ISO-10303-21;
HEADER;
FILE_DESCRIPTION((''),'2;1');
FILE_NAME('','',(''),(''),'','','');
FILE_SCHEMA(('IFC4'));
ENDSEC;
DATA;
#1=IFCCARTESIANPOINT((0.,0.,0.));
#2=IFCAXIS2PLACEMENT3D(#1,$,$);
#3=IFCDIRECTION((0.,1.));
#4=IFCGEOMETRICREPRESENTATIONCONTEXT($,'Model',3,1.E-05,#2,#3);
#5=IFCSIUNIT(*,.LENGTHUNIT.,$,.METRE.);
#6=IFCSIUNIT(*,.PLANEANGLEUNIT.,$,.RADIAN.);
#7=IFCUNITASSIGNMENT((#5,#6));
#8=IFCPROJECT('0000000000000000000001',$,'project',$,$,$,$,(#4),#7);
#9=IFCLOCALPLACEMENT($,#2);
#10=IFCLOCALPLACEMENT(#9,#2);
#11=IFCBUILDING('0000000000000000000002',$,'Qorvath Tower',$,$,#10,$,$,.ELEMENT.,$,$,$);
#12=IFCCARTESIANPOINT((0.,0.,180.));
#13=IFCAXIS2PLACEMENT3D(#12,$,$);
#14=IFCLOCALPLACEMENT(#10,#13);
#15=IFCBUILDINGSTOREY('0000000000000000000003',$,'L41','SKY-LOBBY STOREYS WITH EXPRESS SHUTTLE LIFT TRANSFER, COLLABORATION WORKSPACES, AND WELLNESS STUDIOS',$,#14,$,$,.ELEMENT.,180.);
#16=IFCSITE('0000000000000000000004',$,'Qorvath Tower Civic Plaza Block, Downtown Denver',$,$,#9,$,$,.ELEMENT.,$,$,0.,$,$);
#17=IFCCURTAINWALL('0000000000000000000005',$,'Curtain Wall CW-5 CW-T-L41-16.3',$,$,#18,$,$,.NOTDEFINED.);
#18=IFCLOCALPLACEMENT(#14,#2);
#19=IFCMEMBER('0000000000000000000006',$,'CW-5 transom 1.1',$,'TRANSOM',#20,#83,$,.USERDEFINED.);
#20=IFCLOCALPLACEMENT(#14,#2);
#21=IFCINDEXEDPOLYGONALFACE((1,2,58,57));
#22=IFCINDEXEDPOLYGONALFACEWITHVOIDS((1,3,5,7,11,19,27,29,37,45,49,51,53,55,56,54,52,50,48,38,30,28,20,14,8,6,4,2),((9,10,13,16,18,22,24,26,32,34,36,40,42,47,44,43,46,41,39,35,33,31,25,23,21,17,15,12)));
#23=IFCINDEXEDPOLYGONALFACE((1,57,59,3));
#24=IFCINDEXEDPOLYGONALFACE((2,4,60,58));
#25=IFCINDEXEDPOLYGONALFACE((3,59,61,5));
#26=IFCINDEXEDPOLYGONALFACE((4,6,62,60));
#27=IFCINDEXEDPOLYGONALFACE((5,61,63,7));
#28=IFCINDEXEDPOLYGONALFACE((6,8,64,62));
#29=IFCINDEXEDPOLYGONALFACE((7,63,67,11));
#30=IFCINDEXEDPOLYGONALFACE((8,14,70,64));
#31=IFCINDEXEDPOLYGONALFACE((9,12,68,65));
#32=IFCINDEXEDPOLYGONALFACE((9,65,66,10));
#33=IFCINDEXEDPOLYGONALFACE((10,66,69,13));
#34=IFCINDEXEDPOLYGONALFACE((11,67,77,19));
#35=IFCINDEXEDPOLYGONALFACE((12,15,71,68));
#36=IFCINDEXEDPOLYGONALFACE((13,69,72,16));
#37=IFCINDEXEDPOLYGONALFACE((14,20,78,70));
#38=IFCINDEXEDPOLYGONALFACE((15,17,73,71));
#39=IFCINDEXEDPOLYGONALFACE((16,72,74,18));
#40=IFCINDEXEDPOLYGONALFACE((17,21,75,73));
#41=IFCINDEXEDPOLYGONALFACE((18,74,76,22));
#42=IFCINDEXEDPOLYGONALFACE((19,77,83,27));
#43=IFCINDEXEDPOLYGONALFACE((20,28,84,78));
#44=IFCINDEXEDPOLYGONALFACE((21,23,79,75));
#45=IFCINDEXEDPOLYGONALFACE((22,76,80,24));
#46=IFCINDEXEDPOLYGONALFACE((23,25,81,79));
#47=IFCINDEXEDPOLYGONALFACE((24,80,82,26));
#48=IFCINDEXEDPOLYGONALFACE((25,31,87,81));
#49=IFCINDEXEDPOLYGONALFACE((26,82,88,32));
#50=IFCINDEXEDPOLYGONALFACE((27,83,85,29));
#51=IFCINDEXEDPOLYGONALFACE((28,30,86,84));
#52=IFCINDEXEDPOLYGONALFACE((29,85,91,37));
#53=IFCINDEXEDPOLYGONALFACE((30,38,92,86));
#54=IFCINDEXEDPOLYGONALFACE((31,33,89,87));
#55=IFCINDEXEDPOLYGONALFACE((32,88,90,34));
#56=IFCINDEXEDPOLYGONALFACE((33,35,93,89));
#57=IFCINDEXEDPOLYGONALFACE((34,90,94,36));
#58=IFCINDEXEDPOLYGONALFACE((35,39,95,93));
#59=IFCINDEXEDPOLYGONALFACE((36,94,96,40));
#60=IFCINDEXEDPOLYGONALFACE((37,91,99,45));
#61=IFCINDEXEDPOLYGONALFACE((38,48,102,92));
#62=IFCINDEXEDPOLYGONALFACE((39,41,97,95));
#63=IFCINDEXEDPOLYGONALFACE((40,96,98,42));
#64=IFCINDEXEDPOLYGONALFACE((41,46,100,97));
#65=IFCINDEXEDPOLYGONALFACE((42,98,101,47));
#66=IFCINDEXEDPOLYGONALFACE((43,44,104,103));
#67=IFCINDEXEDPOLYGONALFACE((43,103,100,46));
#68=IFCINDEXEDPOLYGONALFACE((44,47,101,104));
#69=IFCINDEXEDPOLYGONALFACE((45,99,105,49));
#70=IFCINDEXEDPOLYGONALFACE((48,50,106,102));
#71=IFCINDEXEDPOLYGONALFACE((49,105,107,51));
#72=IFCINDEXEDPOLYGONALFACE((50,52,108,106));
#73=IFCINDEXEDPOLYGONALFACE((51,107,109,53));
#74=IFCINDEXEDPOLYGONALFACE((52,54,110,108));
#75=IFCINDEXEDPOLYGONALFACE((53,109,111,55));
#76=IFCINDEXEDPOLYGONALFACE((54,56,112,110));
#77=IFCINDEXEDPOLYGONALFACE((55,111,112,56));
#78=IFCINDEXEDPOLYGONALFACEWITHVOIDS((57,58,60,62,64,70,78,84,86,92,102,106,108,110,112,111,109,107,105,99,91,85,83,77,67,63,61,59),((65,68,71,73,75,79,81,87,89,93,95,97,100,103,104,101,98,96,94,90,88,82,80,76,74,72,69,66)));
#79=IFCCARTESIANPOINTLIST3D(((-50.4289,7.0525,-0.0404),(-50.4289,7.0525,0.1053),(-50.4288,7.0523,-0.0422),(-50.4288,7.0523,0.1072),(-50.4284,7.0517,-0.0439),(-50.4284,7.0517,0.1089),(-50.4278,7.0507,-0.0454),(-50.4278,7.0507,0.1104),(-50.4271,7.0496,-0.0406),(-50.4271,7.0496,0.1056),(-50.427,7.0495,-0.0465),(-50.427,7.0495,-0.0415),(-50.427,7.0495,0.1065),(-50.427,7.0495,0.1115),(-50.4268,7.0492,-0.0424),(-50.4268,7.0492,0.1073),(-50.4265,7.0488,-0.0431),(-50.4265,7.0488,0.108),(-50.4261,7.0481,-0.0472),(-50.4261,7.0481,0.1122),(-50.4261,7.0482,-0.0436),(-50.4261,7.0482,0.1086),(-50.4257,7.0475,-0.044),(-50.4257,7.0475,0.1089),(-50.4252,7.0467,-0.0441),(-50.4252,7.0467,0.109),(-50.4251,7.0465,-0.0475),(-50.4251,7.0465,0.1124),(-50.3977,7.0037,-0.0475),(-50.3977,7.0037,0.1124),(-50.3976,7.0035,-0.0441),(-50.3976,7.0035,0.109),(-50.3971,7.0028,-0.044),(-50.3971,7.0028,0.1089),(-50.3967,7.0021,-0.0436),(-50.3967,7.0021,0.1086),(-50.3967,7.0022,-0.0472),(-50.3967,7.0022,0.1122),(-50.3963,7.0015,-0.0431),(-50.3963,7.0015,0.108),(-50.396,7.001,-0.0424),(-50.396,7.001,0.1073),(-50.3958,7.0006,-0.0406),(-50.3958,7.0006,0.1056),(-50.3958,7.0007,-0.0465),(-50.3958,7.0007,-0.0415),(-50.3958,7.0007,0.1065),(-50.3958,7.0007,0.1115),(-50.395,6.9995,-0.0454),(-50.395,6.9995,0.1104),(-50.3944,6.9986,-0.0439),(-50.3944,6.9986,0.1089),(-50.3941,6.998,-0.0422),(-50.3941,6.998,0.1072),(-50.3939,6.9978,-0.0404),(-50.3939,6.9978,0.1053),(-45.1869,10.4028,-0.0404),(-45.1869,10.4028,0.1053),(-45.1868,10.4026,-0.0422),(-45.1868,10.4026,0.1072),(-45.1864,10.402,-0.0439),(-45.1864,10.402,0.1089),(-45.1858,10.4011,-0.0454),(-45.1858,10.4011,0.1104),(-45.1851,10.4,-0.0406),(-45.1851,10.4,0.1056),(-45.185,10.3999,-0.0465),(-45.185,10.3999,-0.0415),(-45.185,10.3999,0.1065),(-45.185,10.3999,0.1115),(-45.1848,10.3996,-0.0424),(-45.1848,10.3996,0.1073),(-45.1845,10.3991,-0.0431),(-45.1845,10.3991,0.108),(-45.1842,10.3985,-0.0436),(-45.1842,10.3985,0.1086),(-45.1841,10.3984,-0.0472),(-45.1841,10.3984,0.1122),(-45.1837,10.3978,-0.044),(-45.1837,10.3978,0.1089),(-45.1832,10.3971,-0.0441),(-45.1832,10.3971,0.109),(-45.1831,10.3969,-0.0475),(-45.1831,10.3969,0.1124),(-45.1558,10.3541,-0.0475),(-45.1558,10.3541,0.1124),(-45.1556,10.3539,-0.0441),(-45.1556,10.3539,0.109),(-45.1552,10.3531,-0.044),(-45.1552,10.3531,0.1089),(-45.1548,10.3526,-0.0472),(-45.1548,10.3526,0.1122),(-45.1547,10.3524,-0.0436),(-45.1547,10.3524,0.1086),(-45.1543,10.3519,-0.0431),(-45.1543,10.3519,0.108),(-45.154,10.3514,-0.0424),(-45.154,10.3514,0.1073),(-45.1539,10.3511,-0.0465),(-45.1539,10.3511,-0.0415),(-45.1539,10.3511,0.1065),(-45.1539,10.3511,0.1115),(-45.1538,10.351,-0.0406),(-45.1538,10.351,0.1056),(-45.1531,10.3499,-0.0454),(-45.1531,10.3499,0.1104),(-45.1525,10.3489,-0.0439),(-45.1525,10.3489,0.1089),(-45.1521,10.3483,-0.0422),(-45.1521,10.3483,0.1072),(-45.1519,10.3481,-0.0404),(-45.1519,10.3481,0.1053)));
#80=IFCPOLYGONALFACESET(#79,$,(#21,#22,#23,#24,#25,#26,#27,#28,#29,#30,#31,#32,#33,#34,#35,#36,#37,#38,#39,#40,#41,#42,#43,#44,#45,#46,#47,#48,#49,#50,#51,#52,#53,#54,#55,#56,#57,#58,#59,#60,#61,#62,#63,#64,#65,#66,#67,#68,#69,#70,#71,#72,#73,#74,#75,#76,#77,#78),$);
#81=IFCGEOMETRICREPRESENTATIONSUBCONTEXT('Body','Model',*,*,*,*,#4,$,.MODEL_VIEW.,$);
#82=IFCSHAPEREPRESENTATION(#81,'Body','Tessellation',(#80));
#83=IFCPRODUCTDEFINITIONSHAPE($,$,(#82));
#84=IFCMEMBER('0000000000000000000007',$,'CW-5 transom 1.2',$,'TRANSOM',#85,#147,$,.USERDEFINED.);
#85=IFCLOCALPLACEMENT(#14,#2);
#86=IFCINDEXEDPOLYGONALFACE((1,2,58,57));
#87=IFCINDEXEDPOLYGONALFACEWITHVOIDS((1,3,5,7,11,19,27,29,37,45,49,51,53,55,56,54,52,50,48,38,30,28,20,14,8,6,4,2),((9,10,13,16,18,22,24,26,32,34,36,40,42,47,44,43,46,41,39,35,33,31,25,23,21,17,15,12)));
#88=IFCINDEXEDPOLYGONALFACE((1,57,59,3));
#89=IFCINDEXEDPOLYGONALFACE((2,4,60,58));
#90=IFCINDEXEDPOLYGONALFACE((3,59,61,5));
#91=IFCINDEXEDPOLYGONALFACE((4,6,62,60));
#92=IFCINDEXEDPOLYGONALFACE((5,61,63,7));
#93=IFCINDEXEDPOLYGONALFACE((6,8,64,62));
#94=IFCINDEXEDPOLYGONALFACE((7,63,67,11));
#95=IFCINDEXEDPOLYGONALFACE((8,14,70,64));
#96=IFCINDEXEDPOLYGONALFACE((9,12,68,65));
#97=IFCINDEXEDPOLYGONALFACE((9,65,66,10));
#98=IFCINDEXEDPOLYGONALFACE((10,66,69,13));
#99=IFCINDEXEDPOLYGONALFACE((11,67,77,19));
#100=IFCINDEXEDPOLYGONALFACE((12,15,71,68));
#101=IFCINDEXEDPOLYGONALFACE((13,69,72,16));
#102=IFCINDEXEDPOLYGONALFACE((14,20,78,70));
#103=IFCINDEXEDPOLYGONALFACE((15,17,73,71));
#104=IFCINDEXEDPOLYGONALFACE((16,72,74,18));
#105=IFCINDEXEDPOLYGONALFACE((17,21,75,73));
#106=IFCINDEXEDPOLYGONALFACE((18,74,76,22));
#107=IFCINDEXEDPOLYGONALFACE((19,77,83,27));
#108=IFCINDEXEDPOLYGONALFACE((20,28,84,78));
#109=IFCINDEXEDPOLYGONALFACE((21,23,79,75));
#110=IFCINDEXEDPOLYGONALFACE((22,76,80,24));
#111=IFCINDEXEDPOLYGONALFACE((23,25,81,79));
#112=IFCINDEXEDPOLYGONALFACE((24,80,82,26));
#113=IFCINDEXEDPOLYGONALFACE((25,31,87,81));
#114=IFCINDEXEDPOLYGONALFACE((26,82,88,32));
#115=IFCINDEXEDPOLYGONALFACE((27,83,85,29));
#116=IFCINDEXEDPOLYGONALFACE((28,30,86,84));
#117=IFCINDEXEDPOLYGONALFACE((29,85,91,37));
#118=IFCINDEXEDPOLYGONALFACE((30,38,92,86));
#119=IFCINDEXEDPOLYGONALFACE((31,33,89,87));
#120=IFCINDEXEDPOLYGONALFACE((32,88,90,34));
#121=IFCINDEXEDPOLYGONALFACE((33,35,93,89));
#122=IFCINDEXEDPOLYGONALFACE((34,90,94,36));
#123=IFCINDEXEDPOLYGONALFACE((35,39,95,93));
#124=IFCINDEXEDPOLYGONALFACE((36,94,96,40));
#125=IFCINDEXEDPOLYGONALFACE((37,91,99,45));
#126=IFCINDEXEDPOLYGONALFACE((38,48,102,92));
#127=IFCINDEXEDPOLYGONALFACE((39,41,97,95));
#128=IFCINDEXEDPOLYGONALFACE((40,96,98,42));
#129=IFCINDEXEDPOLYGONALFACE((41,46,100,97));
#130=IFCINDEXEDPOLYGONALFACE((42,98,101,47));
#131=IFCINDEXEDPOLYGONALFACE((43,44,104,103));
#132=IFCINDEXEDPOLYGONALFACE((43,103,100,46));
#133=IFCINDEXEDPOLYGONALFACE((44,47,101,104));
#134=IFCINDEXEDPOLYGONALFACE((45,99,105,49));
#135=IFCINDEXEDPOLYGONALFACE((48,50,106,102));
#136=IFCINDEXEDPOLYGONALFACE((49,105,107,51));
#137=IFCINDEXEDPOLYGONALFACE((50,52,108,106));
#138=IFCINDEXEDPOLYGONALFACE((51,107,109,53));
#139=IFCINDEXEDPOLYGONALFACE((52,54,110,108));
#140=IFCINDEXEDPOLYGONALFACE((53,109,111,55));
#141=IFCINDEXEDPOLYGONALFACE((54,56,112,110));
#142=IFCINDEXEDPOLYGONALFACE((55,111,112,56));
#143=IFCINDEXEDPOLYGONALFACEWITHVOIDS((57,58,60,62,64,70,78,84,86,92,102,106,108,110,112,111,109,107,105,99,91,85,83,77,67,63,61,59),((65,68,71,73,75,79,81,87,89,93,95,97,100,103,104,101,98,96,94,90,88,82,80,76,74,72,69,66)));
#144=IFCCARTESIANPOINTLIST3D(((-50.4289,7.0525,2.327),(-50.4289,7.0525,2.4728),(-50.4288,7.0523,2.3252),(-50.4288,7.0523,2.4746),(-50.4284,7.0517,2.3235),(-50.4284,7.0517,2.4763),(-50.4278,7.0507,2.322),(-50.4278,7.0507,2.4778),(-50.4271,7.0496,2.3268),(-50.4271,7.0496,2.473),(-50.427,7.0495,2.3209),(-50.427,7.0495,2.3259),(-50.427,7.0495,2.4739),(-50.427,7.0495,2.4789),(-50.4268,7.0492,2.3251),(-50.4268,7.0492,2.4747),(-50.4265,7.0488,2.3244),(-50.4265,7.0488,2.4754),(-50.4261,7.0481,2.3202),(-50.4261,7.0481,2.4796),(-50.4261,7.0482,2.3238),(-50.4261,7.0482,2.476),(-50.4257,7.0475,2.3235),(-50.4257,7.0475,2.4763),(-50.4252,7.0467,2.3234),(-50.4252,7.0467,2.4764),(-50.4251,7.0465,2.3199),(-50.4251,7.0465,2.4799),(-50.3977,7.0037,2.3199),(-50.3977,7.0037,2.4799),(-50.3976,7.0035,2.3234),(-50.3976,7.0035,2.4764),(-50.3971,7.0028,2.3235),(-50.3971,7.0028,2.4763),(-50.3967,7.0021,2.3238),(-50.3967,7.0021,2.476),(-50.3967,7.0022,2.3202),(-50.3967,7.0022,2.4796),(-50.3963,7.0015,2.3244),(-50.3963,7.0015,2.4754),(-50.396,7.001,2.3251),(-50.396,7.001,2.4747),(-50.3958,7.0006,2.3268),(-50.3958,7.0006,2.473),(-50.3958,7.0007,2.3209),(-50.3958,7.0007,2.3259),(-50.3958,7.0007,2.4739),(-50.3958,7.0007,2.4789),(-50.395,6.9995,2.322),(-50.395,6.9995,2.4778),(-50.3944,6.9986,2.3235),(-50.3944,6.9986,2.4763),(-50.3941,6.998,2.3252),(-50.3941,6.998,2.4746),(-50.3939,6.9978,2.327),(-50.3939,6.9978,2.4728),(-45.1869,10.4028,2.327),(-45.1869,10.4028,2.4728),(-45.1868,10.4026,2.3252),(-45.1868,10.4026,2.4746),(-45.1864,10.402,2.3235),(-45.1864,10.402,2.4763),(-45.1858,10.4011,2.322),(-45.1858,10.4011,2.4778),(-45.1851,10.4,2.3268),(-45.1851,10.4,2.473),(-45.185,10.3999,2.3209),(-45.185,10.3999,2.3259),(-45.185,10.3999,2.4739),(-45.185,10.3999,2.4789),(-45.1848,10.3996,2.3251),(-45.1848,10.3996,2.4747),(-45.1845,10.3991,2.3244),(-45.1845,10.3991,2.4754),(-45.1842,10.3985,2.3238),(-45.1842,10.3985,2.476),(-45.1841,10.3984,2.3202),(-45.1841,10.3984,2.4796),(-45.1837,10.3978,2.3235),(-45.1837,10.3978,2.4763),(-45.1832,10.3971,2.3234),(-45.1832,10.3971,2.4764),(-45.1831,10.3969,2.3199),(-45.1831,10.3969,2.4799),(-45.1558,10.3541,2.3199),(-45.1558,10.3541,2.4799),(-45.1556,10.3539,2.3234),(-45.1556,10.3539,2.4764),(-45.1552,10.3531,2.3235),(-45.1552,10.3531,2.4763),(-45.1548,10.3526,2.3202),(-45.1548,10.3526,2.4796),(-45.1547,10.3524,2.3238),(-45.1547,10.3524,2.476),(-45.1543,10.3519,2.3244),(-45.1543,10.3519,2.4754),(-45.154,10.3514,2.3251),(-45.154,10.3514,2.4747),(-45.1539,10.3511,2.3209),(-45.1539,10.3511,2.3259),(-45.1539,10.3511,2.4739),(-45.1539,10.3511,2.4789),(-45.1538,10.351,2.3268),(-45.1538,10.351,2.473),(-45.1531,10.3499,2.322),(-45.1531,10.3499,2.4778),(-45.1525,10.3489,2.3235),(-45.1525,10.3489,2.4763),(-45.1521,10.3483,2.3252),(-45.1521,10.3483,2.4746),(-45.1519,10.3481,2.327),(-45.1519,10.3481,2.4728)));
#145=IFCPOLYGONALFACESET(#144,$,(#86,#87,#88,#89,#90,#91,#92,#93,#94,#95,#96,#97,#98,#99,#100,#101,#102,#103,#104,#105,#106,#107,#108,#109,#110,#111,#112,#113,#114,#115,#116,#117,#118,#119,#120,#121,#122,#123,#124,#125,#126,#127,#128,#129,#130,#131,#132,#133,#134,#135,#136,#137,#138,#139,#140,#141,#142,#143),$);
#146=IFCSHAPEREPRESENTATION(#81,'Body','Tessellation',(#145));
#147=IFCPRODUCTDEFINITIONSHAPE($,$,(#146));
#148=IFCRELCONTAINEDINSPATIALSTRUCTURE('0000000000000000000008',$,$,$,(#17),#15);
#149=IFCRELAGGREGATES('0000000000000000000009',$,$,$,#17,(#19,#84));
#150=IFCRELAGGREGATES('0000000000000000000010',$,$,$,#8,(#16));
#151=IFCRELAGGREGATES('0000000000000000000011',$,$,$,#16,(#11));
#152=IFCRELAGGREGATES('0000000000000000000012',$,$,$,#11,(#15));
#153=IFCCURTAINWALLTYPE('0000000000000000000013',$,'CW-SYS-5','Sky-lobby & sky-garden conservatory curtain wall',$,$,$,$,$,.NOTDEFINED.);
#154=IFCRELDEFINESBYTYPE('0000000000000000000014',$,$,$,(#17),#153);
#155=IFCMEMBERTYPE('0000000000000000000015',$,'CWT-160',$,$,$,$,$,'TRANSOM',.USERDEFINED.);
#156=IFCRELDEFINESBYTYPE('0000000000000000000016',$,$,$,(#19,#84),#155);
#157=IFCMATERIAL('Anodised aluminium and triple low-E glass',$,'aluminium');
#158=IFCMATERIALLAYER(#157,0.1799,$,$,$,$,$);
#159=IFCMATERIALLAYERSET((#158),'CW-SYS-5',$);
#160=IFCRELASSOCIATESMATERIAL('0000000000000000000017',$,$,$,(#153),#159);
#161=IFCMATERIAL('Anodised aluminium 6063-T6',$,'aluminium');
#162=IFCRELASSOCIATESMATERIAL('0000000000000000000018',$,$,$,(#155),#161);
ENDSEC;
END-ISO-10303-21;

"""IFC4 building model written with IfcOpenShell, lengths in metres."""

from ifc_helpers import new_model, si_unit, direction, frame, origin, origin_2d, place, context, subcontext, project, spatial, hollow_rectangle, extrude, material, layer, layer_set, material_profile, profile_set, type_object, element, aggregate, save


model = new_model("IFC4")

# Units and contexts
model_context = context("Model", 3, precision=1e-05, world=origin(), true_north=direction((0.0, 1.0)))
body_context = subcontext(model_context, "Body", "Model", "MODEL_VIEW")
ifc_project = project(units=[si_unit("LENGTHUNIT", "METRE"), si_unit("PLANEANGLEUNIT", "RADIAN")], contexts=[model_context])

# Site, building, storey
site_placement = place(None, origin())
site = spatial("IfcSite", under=ifc_project, at=site_placement, Name="Qorvath Tower Civic Plaza Block, Downtown Denver", CompositionType="ELEMENT", RefElevation=0.0)
building_placement = place(site_placement, origin())
building = spatial("IfcBuilding", under=site, at=building_placement, Name="Qorvath Tower", CompositionType="ELEMENT")
storey_placement = place(building_placement, frame((0.0, 0.0, 180.0)))
storey = spatial("IfcBuildingStorey", under=building, at=storey_placement, Name="L41", Description="SKY-LOBBY STOREYS WITH EXPRESS SHUTTLE LIFT TRANSFER, COLLABORATION WORKSPACES, AND WELLNESS STUDIOS", CompositionType="ELEMENT", Elevation=180.0)

# Curtain wall
ifc_material_1 = material(Name="Anodised aluminium and triple low-E glass", Category="aluminium")
ifc_layer_1 = layer(ifc_material_1, 0.1799)
ifc_layer_set_1 = layer_set([ifc_layer_1], Name="CW-SYS-5")
curtain_wall_type = type_object("IfcCurtainWallType", Name="CW-SYS-5", Description="Sky-lobby & sky-garden conservatory curtain wall", PredefinedType="NOTDEFINED", material=ifc_layer_set_1)
curtain_wall_1_placement = place(storey_placement, origin())
curtain_wall_1 = element("IfcCurtainWall", 1, at=curtain_wall_1_placement, inside=storey, type_object=curtain_wall_type, Name="Curtain Wall CW-5 CW-T-L41-16.3", PredefinedType="NOTDEFINED")

# Members
ifc_material_2 = material(Name="Anodised aluminium 6063-T6", Category="aluminium")
ifc_material_profile_1 = material_profile(ifc_material_2, hollow_rectangle(XDim=0.0649, YDim=0.1599, WallThickness=0.0034, InnerFilletRadius=0.0034, OuterFilletRadius=0.0071, at=origin_2d()), Name="CWT 160x65")
ifc_profile_set_1 = profile_set([ifc_material_profile_1], Name="Anodised aluminium 6063-T6")
member_type_1 = type_object("IfcMemberType", Name="CWT-160", ElementType="TRANSOM", PredefinedType="USERDEFINED", material=ifc_profile_set_1)
member_1_placement = place(storey_placement, frame((-45.1694, 10.3755, 0.0325), z_axis=(-0.8426, -0.53854, 0.0), x_axis=(0.53854, -0.8426, 0.0)))
member_1 = element("IfcMember", 2, at=member_1_placement, type_object=member_type_1, Name="CW-5 transom 1.1", ObjectType="TRANSOM", PredefinedType="USERDEFINED", context=body_context, shape_type="SweptSolid", body=[
    extrude(hollow_rectangle(XDim=0.0649, YDim=0.1599, WallThickness=0.0034, InnerFilletRadius=0.0034, OuterFilletRadius=0.0071, at=origin_2d()), origin(), (0.0, 0.0, 1.0), 6.2212),
])
member_2_placement = place(storey_placement, frame((-45.1694, 10.3755, 2.3999), z_axis=(-0.8426, -0.53854, 0.0), x_axis=(0.53854, -0.8426, 0.0)))
member_2 = element("IfcMember", 3, at=member_2_placement, type_object=member_type_1, Name="CW-5 transom 1.2", ObjectType="TRANSOM", PredefinedType="USERDEFINED", context=body_context, shape_type="SweptSolid", body=[
    extrude(hollow_rectangle(XDim=0.0649, YDim=0.1599, WallThickness=0.0034, InnerFilletRadius=0.0034, OuterFilletRadius=0.0071, at=origin_2d()), origin(), (0.0, 0.0, 1.0), 6.2212),
])

aggregate(curtain_wall_1, [member_1, member_2])

save(model, "model.ifc")
